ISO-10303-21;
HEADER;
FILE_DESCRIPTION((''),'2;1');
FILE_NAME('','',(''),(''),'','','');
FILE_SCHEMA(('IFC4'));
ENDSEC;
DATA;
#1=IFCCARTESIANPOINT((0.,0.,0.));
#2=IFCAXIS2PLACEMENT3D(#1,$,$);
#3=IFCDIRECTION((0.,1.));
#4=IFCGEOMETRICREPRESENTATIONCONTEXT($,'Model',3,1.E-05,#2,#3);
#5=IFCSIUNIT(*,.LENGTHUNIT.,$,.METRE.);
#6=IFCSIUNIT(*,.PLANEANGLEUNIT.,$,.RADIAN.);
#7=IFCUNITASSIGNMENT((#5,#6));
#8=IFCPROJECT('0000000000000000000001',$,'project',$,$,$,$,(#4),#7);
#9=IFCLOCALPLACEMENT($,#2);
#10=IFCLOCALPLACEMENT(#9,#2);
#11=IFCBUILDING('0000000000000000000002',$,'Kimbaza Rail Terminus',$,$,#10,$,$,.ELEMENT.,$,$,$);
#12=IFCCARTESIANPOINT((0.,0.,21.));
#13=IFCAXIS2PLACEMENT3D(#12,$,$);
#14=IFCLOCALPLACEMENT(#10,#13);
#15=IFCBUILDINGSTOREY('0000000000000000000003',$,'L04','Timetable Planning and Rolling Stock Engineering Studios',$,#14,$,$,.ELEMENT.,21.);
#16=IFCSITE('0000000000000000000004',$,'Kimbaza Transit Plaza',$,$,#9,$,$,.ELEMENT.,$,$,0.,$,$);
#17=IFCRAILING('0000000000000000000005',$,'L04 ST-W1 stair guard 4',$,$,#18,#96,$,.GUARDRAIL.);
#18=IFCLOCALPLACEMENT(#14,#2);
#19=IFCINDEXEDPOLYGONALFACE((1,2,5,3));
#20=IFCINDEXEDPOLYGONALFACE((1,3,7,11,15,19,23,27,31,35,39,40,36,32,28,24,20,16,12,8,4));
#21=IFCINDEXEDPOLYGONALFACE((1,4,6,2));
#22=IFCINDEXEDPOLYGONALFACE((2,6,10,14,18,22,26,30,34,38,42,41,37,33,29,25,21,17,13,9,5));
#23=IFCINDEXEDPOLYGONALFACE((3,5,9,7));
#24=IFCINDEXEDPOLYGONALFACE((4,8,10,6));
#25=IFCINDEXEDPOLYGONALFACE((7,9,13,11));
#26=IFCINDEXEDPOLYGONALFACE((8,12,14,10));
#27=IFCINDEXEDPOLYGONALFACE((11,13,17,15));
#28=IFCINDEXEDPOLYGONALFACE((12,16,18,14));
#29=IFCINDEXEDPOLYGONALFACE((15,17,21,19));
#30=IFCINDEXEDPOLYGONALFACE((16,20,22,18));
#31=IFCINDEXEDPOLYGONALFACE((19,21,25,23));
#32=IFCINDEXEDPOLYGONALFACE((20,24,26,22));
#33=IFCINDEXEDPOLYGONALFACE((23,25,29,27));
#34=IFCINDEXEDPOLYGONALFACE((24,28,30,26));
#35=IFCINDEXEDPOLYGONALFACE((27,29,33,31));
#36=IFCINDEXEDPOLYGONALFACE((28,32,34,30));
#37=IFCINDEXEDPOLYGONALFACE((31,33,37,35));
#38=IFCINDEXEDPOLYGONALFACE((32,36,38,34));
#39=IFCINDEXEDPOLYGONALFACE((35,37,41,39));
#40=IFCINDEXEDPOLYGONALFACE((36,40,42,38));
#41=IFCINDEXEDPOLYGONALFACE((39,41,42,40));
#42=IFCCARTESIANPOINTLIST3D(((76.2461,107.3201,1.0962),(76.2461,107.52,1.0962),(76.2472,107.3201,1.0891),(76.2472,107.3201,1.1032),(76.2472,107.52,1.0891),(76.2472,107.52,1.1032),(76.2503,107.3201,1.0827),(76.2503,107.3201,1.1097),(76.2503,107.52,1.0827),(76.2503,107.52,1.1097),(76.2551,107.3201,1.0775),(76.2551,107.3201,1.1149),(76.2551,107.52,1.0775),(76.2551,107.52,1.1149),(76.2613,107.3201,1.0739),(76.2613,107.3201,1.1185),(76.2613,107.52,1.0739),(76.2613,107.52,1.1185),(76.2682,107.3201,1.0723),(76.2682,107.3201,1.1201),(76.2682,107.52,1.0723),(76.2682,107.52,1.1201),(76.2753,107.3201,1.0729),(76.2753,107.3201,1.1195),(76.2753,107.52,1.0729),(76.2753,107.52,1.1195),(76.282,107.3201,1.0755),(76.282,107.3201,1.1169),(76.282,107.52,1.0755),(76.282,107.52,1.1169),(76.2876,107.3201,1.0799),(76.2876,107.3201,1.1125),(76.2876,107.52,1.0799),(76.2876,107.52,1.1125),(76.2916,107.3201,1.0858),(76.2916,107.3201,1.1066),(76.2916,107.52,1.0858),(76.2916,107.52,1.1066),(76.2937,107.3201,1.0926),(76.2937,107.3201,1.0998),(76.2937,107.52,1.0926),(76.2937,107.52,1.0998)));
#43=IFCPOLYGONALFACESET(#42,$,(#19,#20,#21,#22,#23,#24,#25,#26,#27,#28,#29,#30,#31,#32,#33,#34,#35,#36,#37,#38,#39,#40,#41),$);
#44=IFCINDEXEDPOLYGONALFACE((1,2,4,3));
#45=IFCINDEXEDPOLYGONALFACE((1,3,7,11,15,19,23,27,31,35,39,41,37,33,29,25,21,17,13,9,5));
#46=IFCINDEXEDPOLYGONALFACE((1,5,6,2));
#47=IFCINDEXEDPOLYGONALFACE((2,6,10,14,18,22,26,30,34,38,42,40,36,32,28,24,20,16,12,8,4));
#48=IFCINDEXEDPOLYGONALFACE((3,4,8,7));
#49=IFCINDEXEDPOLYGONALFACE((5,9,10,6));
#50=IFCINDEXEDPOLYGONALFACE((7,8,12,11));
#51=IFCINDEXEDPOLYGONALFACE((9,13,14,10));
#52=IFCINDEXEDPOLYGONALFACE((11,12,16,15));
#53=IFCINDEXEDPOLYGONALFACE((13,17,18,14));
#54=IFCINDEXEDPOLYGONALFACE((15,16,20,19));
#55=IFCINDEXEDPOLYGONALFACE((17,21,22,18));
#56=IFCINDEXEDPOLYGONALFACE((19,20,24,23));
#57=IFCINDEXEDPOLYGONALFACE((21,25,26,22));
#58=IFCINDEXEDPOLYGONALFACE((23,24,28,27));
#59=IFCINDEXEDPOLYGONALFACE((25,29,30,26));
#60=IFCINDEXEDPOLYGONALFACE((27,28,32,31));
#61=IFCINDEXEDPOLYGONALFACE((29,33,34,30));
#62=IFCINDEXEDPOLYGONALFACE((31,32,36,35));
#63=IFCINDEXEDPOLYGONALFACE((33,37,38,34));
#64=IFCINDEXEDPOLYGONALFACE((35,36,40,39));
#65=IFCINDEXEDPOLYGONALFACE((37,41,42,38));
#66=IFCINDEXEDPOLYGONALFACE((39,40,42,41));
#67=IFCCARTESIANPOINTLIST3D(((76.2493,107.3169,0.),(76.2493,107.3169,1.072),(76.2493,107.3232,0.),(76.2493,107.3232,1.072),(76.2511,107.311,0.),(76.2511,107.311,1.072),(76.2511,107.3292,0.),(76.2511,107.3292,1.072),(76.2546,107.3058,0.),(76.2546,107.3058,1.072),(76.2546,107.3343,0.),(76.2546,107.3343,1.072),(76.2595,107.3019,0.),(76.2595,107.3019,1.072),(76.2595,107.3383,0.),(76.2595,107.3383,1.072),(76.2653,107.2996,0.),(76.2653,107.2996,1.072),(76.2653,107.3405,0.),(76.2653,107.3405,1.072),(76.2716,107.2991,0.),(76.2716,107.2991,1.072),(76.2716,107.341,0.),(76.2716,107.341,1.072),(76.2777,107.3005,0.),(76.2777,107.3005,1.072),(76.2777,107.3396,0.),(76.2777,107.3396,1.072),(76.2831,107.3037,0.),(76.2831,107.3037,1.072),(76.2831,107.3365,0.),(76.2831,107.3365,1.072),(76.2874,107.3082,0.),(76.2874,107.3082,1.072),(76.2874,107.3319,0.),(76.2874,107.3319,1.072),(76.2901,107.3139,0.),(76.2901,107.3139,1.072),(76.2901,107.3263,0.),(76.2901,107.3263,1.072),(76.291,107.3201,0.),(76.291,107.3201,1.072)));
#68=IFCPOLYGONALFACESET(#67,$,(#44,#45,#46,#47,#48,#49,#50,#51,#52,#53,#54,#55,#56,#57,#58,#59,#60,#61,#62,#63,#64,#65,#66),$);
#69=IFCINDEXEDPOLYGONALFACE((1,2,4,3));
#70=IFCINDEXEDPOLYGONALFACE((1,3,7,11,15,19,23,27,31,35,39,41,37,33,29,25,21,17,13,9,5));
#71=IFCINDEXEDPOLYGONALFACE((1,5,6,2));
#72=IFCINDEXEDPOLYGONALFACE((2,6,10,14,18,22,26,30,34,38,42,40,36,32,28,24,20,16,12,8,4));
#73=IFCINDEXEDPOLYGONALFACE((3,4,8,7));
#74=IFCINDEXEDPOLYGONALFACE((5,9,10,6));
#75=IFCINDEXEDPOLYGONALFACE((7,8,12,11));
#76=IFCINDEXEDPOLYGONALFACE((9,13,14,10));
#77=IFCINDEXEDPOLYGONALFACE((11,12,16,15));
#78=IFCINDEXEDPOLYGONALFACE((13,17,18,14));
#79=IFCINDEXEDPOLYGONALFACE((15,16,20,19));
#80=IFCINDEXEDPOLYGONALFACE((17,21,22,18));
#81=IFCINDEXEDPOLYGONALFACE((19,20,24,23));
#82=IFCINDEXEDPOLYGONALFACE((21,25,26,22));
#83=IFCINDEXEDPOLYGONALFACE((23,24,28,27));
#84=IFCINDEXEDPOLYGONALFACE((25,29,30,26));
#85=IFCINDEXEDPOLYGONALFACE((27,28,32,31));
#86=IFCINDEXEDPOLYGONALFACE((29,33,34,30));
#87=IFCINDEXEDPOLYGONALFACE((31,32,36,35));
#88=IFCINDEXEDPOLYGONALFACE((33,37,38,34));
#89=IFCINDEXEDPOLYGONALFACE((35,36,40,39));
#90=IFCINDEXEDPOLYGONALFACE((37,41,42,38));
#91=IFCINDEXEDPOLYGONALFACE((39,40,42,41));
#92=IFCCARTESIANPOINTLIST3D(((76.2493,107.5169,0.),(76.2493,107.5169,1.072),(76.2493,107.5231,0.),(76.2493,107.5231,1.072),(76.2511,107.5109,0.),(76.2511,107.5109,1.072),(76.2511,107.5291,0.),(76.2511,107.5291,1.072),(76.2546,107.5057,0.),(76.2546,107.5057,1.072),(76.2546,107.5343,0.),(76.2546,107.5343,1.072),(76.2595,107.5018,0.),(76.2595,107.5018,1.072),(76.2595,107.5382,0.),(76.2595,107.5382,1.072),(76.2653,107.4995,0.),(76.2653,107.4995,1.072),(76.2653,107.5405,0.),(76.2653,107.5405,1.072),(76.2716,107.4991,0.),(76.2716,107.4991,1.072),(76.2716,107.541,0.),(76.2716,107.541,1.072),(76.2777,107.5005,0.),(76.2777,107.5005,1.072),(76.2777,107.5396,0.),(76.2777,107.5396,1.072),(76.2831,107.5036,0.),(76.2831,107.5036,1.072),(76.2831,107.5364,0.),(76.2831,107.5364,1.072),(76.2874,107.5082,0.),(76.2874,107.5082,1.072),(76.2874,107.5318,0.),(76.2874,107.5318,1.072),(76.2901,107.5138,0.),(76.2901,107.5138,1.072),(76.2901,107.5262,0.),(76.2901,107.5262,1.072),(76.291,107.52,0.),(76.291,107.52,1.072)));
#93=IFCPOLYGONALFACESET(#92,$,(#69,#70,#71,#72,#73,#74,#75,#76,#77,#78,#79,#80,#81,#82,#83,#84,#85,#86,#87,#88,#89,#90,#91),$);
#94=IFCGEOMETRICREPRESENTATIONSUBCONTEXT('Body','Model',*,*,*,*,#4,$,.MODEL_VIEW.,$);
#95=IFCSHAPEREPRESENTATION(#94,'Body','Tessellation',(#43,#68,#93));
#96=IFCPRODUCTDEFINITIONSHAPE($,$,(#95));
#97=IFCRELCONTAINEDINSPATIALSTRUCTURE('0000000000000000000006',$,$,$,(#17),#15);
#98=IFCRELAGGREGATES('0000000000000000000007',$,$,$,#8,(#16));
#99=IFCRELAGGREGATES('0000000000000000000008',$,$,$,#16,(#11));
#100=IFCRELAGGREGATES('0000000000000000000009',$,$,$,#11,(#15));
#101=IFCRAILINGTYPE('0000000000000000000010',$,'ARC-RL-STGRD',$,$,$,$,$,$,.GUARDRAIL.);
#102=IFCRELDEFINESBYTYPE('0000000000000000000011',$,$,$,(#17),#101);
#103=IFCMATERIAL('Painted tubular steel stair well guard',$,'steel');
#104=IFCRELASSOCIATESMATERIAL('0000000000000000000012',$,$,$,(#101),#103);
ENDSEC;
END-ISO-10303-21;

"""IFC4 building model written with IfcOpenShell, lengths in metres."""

from ifc_helpers import new_model, si_unit, direction, frame, origin, origin_2d, place, context, subcontext, project, spatial, circle, extrude, material, type_object, element, save


model = new_model("IFC4")

# Units and contexts
model_context = context("Model", 3, precision=1e-05, world=origin(), true_north=direction((0.0, 1.0)))
body_context = subcontext(model_context, "Body", "Model", "MODEL_VIEW")
ifc_project = project(units=[si_unit("LENGTHUNIT", "METRE"), si_unit("PLANEANGLEUNIT", "RADIAN")], contexts=[model_context])

# Site, building, storey
site_placement = place(None, origin())
site = spatial("IfcSite", under=ifc_project, at=site_placement, Name="Kimbaza Transit Plaza", CompositionType="ELEMENT", RefElevation=0.0)
building_placement = place(site_placement, origin())
building = spatial("IfcBuilding", under=site, at=building_placement, Name="Kimbaza Rail Terminus", CompositionType="ELEMENT")
storey_placement = place(building_placement, frame((0.0, 0.0, 21.0)))
storey = spatial("IfcBuildingStorey", under=building, at=storey_placement, Name="L04", Description="Timetable Planning and Rolling Stock Engineering Studios", CompositionType="ELEMENT", Elevation=21.0)

# Railing
ifc_material_1 = material(Name="Painted tubular steel stair well guard", Category="steel")
railing_type = type_object("IfcRailingType", Name="ARC-RL-STGRD", PredefinedType="GUARDRAIL", material=ifc_material_1)
railing_placement = place(storey_placement, frame((76.27, 107.3201, 0.0)))
element("IfcRailing", 1, at=railing_placement, inside=storey, type_object=railing_type, Name="L04 ST-W1 stair guard 4", PredefinedType="GUARDRAIL", context=body_context, shape_type="SweptSolid", body=[
    extrude(circle(Radius=0.0239, at=origin_2d()), frame((0.0, 0.0, 1.0962), z_axis=(0.0, 1.0, 0.0), x_axis=(-1.0, 0.0, 0.0)), (0.0, 0.0, 1.0), 0.2),
    extrude(circle(Radius=0.021, at=origin_2d()), origin(), (0.0, 0.0, 1.0), 1.072),
    extrude(circle(Radius=0.021, at=origin_2d()), frame((0.0, 0.2, 0.0)), (0.0, 0.0, 1.0), 1.072),
])

save(model, "model.ifc")
